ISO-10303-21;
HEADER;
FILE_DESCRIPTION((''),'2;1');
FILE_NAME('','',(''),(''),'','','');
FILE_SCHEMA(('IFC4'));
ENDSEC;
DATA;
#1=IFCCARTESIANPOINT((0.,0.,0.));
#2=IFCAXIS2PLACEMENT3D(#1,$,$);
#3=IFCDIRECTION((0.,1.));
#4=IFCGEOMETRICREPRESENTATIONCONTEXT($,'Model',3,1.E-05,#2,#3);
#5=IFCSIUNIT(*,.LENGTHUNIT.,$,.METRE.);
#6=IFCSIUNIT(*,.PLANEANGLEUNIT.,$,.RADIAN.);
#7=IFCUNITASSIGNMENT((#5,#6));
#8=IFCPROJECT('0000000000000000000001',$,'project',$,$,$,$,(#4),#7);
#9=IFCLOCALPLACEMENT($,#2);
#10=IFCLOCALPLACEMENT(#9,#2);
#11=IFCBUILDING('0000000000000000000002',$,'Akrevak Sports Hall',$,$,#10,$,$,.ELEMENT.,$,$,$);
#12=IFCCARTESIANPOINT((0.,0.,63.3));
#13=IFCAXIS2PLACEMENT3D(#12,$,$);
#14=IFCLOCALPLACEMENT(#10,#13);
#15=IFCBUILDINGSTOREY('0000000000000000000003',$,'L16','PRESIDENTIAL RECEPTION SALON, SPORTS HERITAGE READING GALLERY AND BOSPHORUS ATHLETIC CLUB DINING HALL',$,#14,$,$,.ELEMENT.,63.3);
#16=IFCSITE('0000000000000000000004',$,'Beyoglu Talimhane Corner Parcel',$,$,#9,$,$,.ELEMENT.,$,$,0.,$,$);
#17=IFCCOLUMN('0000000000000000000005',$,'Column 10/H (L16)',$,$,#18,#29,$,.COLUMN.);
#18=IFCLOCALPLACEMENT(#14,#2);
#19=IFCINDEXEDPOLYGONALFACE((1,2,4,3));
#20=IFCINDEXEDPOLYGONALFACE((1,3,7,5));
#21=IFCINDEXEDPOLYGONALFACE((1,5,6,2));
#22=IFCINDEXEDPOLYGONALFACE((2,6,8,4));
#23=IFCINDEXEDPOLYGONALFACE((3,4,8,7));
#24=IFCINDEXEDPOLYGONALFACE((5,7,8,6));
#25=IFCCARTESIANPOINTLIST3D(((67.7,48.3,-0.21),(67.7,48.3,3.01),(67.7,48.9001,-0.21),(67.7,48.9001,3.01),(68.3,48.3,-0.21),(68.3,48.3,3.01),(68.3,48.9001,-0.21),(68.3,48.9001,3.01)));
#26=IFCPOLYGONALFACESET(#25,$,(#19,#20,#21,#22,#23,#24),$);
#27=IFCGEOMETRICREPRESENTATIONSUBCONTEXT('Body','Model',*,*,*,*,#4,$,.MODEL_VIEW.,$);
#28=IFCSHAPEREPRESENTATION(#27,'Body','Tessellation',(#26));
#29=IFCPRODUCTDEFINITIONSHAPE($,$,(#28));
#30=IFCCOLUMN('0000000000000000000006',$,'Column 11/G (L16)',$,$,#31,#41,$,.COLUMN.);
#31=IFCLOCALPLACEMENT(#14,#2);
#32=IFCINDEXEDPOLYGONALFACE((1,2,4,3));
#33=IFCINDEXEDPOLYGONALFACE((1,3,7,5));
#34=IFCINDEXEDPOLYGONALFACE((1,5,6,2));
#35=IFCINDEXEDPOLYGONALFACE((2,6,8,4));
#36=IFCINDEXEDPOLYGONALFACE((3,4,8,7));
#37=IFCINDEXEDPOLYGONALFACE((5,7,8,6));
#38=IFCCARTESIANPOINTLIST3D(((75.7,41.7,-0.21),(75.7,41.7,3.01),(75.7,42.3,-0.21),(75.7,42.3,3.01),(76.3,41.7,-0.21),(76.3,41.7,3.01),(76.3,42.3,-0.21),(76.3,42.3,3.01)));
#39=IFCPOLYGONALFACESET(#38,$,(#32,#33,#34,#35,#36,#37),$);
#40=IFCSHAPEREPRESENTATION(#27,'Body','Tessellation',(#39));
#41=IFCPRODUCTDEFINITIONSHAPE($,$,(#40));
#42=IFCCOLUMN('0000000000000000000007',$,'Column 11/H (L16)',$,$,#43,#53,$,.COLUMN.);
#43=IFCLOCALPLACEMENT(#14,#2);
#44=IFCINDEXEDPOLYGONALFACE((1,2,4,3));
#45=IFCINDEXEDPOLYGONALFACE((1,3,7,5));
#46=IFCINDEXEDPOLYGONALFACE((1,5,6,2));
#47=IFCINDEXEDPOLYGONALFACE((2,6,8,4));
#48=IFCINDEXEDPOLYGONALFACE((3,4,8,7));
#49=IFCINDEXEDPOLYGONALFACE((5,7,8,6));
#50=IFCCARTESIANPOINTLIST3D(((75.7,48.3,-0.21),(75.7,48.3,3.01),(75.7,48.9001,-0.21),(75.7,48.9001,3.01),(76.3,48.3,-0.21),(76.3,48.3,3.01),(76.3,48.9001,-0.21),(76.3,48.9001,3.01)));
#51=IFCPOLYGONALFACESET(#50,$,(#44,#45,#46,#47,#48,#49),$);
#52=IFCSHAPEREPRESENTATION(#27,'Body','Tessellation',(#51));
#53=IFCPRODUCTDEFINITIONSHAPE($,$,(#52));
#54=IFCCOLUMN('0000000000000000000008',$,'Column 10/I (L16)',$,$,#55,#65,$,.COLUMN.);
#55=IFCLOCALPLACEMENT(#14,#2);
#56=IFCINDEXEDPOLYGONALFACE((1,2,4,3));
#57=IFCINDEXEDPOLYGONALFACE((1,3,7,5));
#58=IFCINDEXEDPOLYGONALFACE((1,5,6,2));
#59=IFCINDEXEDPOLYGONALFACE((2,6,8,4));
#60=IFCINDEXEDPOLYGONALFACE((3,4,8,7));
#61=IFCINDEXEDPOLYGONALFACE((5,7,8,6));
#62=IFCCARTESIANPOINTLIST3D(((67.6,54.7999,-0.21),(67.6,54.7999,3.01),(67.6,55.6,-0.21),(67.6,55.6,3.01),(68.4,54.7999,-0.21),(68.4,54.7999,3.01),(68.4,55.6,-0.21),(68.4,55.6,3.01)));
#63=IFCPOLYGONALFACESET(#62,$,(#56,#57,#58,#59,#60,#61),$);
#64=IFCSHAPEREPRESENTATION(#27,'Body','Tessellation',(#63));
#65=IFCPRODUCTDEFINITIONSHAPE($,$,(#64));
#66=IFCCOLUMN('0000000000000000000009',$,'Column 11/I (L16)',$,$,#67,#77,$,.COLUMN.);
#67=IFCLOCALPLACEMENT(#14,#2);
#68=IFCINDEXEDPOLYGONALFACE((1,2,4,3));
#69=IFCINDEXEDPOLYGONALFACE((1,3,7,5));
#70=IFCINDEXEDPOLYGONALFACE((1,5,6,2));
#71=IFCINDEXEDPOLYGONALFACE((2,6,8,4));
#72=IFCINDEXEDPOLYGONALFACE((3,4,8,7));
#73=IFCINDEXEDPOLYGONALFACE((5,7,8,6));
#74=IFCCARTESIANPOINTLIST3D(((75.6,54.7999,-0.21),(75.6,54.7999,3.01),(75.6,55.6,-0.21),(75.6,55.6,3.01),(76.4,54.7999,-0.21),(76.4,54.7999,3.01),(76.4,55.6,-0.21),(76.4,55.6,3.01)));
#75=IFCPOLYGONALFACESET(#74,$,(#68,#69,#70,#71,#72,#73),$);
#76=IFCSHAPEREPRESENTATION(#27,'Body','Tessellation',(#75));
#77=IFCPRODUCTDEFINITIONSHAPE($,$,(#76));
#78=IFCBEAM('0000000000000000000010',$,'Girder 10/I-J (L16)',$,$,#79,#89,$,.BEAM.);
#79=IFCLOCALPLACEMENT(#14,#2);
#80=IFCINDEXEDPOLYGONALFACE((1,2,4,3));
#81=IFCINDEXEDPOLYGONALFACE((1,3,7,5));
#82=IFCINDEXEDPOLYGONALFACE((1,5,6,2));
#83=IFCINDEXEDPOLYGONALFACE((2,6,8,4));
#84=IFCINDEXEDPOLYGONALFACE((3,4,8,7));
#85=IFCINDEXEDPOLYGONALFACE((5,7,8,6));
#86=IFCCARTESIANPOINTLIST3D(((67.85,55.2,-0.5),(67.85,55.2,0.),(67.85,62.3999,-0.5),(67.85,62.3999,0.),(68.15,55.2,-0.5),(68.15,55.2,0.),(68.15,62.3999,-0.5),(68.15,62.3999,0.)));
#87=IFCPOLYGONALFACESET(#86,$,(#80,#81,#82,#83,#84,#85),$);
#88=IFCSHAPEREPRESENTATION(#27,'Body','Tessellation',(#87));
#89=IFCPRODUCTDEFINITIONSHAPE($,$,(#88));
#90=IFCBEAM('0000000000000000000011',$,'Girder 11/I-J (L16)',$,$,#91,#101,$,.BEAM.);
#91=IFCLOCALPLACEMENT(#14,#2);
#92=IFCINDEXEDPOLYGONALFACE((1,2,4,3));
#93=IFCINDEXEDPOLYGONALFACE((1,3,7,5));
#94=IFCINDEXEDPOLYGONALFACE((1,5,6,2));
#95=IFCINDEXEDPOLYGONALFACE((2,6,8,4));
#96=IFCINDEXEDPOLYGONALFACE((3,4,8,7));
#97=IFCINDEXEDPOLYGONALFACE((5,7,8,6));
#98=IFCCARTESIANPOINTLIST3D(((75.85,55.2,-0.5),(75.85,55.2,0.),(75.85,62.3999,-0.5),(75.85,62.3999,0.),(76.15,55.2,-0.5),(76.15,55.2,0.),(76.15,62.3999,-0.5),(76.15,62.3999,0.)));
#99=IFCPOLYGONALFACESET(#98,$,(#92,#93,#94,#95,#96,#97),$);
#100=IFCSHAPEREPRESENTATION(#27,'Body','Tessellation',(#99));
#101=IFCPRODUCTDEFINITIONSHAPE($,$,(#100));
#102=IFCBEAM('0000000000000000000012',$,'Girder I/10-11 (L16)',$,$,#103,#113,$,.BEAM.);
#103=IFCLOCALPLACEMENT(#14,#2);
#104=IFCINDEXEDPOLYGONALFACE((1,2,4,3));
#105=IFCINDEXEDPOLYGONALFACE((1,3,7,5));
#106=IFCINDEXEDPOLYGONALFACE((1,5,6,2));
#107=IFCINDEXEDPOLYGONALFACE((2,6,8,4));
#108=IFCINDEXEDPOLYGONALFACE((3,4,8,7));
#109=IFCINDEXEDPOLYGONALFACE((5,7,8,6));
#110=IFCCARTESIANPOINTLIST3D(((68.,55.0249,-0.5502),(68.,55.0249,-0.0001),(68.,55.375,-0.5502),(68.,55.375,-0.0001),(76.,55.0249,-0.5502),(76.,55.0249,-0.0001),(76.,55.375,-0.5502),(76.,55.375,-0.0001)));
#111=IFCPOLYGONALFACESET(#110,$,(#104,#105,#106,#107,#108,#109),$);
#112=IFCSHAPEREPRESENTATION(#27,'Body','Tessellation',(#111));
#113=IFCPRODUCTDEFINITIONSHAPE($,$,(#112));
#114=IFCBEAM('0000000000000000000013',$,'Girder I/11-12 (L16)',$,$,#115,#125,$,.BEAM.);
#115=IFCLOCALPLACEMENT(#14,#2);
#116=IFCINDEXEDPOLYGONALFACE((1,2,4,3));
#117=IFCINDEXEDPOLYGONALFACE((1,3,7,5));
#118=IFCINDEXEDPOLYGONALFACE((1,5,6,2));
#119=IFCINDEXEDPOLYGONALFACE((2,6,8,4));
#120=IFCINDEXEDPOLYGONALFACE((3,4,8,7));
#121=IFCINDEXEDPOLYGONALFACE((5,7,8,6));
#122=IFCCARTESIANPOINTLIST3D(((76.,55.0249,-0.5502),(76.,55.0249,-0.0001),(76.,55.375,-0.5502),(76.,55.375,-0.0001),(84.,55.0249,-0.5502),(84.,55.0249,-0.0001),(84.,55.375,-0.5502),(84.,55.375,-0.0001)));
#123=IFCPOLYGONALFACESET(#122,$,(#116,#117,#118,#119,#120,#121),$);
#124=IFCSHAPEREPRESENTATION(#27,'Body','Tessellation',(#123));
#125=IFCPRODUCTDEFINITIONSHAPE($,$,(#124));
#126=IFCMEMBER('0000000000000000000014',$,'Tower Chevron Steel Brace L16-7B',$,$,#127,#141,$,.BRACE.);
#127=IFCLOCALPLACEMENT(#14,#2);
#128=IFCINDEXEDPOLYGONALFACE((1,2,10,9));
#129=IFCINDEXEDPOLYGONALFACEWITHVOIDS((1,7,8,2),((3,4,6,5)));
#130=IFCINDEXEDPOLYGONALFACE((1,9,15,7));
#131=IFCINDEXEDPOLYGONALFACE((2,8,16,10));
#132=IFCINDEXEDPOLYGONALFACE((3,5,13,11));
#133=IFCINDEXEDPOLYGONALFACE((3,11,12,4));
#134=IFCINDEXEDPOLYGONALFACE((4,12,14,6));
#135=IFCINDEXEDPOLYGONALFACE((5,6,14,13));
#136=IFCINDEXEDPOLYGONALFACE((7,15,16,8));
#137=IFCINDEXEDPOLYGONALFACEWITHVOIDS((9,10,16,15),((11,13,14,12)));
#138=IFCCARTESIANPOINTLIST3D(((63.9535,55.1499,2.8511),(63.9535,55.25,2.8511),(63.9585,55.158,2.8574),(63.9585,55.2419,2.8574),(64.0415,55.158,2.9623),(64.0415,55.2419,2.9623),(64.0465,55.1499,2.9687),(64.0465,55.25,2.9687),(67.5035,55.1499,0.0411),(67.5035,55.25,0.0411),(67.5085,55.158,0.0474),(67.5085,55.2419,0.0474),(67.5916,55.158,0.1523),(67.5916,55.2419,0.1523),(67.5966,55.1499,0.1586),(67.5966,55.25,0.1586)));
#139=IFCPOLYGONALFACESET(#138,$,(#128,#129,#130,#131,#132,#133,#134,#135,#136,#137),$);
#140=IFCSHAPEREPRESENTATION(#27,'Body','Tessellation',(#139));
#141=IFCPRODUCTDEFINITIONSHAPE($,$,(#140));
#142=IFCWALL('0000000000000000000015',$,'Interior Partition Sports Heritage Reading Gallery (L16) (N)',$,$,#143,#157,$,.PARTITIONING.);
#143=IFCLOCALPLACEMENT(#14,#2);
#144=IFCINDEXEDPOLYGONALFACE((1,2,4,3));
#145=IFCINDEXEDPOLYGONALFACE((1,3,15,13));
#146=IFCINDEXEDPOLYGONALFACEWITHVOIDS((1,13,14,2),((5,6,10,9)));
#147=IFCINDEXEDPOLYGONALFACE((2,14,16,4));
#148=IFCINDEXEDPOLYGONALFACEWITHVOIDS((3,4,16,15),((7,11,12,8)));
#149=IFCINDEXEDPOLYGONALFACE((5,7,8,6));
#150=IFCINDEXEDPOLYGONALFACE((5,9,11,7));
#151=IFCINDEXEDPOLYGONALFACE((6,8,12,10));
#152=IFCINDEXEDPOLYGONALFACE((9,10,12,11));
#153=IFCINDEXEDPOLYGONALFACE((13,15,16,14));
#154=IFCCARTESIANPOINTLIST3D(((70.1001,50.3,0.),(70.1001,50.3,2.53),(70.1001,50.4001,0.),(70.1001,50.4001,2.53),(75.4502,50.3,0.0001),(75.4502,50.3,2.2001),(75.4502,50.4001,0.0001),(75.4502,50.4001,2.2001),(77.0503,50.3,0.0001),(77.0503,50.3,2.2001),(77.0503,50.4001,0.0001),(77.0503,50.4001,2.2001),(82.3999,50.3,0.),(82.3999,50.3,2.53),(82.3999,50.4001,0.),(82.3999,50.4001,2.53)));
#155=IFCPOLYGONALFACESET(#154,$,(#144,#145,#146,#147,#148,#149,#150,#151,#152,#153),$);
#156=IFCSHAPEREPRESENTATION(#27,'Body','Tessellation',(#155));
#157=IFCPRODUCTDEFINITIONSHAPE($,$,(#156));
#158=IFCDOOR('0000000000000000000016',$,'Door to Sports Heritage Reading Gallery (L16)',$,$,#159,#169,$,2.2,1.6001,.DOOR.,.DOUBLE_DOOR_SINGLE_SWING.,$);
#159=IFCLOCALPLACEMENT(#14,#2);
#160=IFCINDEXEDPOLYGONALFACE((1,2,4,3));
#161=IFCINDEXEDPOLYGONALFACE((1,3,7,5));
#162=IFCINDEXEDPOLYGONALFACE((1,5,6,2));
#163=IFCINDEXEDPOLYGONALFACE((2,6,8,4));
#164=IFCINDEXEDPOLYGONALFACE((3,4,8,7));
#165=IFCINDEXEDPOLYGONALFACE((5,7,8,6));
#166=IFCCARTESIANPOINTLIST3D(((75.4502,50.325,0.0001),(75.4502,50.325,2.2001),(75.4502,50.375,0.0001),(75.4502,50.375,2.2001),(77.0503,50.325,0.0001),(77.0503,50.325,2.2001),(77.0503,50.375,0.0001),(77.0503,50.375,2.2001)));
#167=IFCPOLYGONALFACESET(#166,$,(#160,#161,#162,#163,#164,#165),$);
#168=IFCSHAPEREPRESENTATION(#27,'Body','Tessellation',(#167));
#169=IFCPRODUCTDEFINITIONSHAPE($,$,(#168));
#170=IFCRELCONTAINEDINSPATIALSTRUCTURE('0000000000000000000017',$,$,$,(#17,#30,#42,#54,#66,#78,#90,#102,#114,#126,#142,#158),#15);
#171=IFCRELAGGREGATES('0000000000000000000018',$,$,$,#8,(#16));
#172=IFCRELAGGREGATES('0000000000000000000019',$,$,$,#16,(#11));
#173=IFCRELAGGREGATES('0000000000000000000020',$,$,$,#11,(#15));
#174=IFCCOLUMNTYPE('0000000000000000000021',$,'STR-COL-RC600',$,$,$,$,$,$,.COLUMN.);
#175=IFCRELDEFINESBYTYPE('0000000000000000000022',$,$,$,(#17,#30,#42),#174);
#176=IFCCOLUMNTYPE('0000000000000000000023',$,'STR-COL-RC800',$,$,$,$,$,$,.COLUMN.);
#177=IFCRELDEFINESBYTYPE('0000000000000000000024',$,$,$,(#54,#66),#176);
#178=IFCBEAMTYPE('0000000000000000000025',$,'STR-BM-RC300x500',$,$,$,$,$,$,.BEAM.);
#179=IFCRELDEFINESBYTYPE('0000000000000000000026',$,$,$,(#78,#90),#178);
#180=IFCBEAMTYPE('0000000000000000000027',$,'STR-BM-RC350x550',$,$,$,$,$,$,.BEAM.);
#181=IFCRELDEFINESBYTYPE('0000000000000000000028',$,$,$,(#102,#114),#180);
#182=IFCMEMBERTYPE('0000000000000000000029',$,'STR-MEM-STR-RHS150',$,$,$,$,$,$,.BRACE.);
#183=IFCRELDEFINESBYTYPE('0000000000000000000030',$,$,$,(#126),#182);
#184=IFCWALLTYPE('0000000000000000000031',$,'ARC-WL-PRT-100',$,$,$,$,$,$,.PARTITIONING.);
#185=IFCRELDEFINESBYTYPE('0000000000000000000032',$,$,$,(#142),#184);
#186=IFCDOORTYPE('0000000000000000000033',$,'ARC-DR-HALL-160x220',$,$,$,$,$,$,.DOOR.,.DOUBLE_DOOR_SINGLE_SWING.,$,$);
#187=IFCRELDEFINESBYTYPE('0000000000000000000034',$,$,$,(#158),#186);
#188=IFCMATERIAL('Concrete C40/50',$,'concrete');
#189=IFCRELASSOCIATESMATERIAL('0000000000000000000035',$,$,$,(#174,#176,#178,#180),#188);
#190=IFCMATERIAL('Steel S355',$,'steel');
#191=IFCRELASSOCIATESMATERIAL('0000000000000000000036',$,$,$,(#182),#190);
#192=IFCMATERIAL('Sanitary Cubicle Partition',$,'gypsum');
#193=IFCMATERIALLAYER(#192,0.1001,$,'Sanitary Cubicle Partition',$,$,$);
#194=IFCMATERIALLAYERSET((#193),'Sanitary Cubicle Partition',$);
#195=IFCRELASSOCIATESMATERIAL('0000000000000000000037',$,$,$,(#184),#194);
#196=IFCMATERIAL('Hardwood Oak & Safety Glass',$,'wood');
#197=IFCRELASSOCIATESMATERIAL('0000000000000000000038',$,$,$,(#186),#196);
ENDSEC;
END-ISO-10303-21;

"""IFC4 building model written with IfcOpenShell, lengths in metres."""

from ifc_helpers import new_model, si_unit, direction, frame, frame_2d, origin, origin_2d, place, context, subcontext, project, spatial, rectangle, hollow_rectangle, extrude, material, layer, layer_set, material_profile, profile_set, type_object, element, fill, save


model = new_model("IFC4")

# Units and contexts
model_context = context("Model", 3, precision=1e-05, world=origin(), true_north=direction((0.0, 1.0)))
body_context = subcontext(model_context, "Body", "Model", "MODEL_VIEW")
ifc_project = project(units=[si_unit("LENGTHUNIT", "METRE"), si_unit("PLANEANGLEUNIT", "RADIAN")], contexts=[model_context])

# Site, building, storey
site_placement = place(None, origin())
site = spatial("IfcSite", under=ifc_project, at=site_placement, Name="Beyoglu Talimhane Corner Parcel", CompositionType="ELEMENT", RefElevation=0.0)
building_placement = place(site_placement, origin())
building = spatial("IfcBuilding", under=site, at=building_placement, Name="Akrevak Sports Hall", CompositionType="ELEMENT")
storey_placement = place(building_placement, frame((0.0, 0.0, 63.3)))
storey = spatial("IfcBuildingStorey", under=building, at=storey_placement, Name="L16", Description="PRESIDENTIAL RECEPTION SALON, SPORTS HERITAGE READING GALLERY AND BOSPHORUS ATHLETIC CLUB DINING HALL", CompositionType="ELEMENT", Elevation=63.3)

# Columns
ifc_material_1 = material(Name="Concrete C40/50", Category="concrete")
ifc_material_profile_1 = material_profile(ifc_material_1, rectangle(XDim=0.6001, YDim=0.6001, at=origin_2d()), Name="RC 600x600", Category="concrete")
ifc_profile_set_1 = profile_set([ifc_material_profile_1], Name="Concrete C40/50")
column_type_1 = type_object("IfcColumnType", Name="STR-COL-RC600", PredefinedType="COLUMN", material=ifc_profile_set_1)
for number, where, z_axis, x_axis, name in (
    (1, (68.0, 48.6001, -0.21), (0.0, 0.0, 1.0), (1.0, 0.0, 0.0), "Column 10/H (L16)"),
    (2, (76.0, 42.0, -0.21), (0.0, 0.0, 1.0), (1.0, 0.0, 0.0), "Column 11/G (L16)"),
    (3, (76.0, 48.6001, -0.21), (0.0, 0.0, 1.0), (1.0, 0.0, 0.0), "Column 11/H (L16)"),
):
    element("IfcColumn", number, at=place(storey_placement, frame(where, z_axis=z_axis, x_axis=x_axis)), inside=storey, type_object=column_type_1, Name=name, PredefinedType="COLUMN", context=body_context, shape_type="SweptSolid", body=[
        extrude(rectangle(XDim=0.6001, YDim=0.6001, at=origin_2d()), origin(), (0.0, 0.0, 1.0), 3.22),
    ])
ifc_material_profile_2 = material_profile(ifc_material_1, rectangle(XDim=0.8, YDim=0.8, at=origin_2d()), Name="RC 800x800", Category="concrete")
ifc_profile_set_2 = profile_set([ifc_material_profile_2], Name="Concrete C40/50")
column_type_2 = type_object("IfcColumnType", Name="STR-COL-RC800", PredefinedType="COLUMN", material=ifc_profile_set_2)
for number, where, z_axis, x_axis, name in (
    (4, (68.0, 55.2, -0.21), (0.0, 0.0, 1.0), (1.0, 0.0, 0.0), "Column 10/I (L16)"),
    (5, (76.0, 55.2, -0.21), (0.0, 0.0, 1.0), (1.0, 0.0, 0.0), "Column 11/I (L16)"),
):
    element("IfcColumn", number, at=place(storey_placement, frame(where, z_axis=z_axis, x_axis=x_axis)), inside=storey, type_object=column_type_2, Name=name, PredefinedType="COLUMN", context=body_context, shape_type="SweptSolid", body=[
        extrude(rectangle(XDim=0.8, YDim=0.8, at=origin_2d()), origin(), (0.0, 0.0, 1.0), 3.22),
    ])

# Beams
ifc_material_profile_3 = material_profile(ifc_material_1, rectangle(XDim=0.3, YDim=0.5, at=origin_2d()), Name="BM 300x500", Category="concrete")
ifc_profile_set_3 = profile_set([ifc_material_profile_3], Name="Concrete C40/50")
beam_type_1 = type_object("IfcBeamType", Name="STR-BM-RC300x500", PredefinedType="BEAM", material=ifc_profile_set_3)
for number, where, z_axis, x_axis, name in (
    (6, (68.0, 55.2, -0.25), (0.0, 1.0, 0.0), (-1.0, 0.0, 0.0), "Girder 10/I-J (L16)"),
    (7, (76.0, 55.2, -0.25), (0.0, 1.0, 0.0), (-1.0, 0.0, 0.0), "Girder 11/I-J (L16)"),
):
    element("IfcBeam", number, at=place(storey_placement, frame(where, z_axis=z_axis, x_axis=x_axis)), inside=storey, type_object=beam_type_1, Name=name, PredefinedType="BEAM", context=body_context, shape_type="SweptSolid", body=[
        extrude(rectangle(XDim=0.3, YDim=0.5, at=origin_2d()), origin(), (0.0, 0.0, 1.0), 7.2),
    ])
ifc_material_profile_4 = material_profile(ifc_material_1, rectangle(XDim=0.3501, YDim=0.55, at=origin_2d()), Name="BM 350x550", Category="concrete")
ifc_profile_set_4 = profile_set([ifc_material_profile_4], Name="Concrete C40/50")
beam_type_2 = type_object("IfcBeamType", Name="STR-BM-RC350x550", PredefinedType="BEAM", material=ifc_profile_set_4)
for number, where, z_axis, x_axis, name in (
    (8, (68.0, 55.2, -0.2751), (1.0, 0.0, 0.0), (0.0, 1.0, 0.0), "Girder I/10-11 (L16)"),
    (9, (76.0, 55.2, -0.2751), (1.0, 0.0, 0.0), (0.0, 1.0, 0.0), "Girder I/11-12 (L16)"),
):
    element("IfcBeam", number, at=place(storey_placement, frame(where, z_axis=z_axis, x_axis=x_axis)), inside=storey, type_object=beam_type_2, Name=name, PredefinedType="BEAM", context=body_context, shape_type="SweptSolid", body=[
        extrude(rectangle(XDim=0.3501, YDim=0.55, at=origin_2d()), origin(), (0.0, 0.0, 1.0), 8.0),
    ])

# Member
ifc_material_2 = material(Name="Steel S355", Category="steel")
ifc_material_profile_5 = material_profile(ifc_material_2, hollow_rectangle(XDim=0.1001, YDim=0.1499, WallThickness=0.0081, at=origin_2d()), Name="RHS 150x100x8", Category="steel")
ifc_profile_set_5 = profile_set([ifc_material_profile_5], Name="Steel S355")
member_type = type_object("IfcMemberType", Name="STR-MEM-STR-RHS150", PredefinedType="BRACE", material=ifc_profile_set_5)
member_placement = place(storey_placement, frame((67.55, 55.2, 0.0999), z_axis=(-0.784088, 0.0, 0.620649), x_axis=(0.0, -1.0, 0.0)))
element("IfcMember", 10, at=member_placement, inside=storey, type_object=member_type, Name="Tower Chevron Steel Brace L16-7B", PredefinedType="BRACE", context=body_context, shape_type="SweptSolid", body=[
    extrude(hollow_rectangle(XDim=0.1001, YDim=0.1499, WallThickness=0.0081, at=origin_2d()), origin(), (0.0, 0.0, 1.0), 4.5276),
])

# Wall, opening, door
ifc_material_3 = material(Name="Sanitary Cubicle Partition", Category="gypsum")
ifc_layer_1 = layer(ifc_material_3, 0.1001, Name="Sanitary Cubicle Partition")
ifc_layer_set_1 = layer_set([ifc_layer_1], Name="Sanitary Cubicle Partition")
wall_type_1 = type_object("IfcWallType", Name="ARC-WL-PRT-100", PredefinedType="PARTITIONING", material=ifc_layer_set_1)
wall_1_placement = place(storey_placement, frame((70.1001, 50.3501, 0.0), z_axis=(0.0, 0.0, 1.0), x_axis=(1.0, 0.0, 0.0)))
wall_1 = element("IfcWall", 11, at=wall_1_placement, inside=storey, type_object=wall_type_1, Name="Interior Partition Sports Heritage Reading Gallery (L16) (N)", PredefinedType="PARTITIONING", context=body_context, shape_type="SweptSolid", body=[
    extrude(rectangle(XDim=12.2998, YDim=0.1001, at=frame_2d((6.1499, 0.0))), origin(), (0.0, 0.0, 1.0), 2.53),
])
opening_1_placement = place(wall_1_placement, frame((5.3501, 0.0, 0.0)))
opening_1 = element("IfcOpeningElement", 12, at=opening_1_placement, cuts=wall_1, PredefinedType="OPENING", context=body_context, shape_type="SweptSolid", body=[
    extrude(rectangle(XDim=1.6001, YDim=2.2, at=frame_2d((0.8, 1.1001))), frame((0.0, 0.062, 0.0), z_axis=(0.0, -1.0, 0.0), x_axis=(1.0, 0.0, 0.0)), (0.0, 0.0, 1.0), 0.124),
])
ifc_material_4 = material(Name="Hardwood Oak & Safety Glass", Category="wood")
door_type_1 = type_object("IfcDoorType", Name="ARC-DR-HALL-160x220", OperationType="DOUBLE_DOOR_SINGLE_SWING", PredefinedType="DOOR", material=ifc_material_4)
door_1_placement = place(opening_1_placement, origin())
door_1 = element("IfcDoor", 13, at=door_1_placement, inside=storey, type_object=door_type_1, Name="Door to Sports Heritage Reading Gallery (L16)", OperationType="DOUBLE_DOOR_SINGLE_SWING", OverallHeight=2.2, OverallWidth=1.6001, PredefinedType="DOOR", context=body_context, shape_type="SweptSolid", body=[
    extrude(rectangle(XDim=1.6001, YDim=2.2, at=frame_2d((0.8, 1.1001))), frame((0.0, 0.0249, 0.0), z_axis=(0.0, -1.0, 0.0), x_axis=(1.0, 0.0, 0.0)), (0.0, 0.0, 1.0), 0.05),
])
fill(opening_1, door_1)

save(model, "model.ifc")
